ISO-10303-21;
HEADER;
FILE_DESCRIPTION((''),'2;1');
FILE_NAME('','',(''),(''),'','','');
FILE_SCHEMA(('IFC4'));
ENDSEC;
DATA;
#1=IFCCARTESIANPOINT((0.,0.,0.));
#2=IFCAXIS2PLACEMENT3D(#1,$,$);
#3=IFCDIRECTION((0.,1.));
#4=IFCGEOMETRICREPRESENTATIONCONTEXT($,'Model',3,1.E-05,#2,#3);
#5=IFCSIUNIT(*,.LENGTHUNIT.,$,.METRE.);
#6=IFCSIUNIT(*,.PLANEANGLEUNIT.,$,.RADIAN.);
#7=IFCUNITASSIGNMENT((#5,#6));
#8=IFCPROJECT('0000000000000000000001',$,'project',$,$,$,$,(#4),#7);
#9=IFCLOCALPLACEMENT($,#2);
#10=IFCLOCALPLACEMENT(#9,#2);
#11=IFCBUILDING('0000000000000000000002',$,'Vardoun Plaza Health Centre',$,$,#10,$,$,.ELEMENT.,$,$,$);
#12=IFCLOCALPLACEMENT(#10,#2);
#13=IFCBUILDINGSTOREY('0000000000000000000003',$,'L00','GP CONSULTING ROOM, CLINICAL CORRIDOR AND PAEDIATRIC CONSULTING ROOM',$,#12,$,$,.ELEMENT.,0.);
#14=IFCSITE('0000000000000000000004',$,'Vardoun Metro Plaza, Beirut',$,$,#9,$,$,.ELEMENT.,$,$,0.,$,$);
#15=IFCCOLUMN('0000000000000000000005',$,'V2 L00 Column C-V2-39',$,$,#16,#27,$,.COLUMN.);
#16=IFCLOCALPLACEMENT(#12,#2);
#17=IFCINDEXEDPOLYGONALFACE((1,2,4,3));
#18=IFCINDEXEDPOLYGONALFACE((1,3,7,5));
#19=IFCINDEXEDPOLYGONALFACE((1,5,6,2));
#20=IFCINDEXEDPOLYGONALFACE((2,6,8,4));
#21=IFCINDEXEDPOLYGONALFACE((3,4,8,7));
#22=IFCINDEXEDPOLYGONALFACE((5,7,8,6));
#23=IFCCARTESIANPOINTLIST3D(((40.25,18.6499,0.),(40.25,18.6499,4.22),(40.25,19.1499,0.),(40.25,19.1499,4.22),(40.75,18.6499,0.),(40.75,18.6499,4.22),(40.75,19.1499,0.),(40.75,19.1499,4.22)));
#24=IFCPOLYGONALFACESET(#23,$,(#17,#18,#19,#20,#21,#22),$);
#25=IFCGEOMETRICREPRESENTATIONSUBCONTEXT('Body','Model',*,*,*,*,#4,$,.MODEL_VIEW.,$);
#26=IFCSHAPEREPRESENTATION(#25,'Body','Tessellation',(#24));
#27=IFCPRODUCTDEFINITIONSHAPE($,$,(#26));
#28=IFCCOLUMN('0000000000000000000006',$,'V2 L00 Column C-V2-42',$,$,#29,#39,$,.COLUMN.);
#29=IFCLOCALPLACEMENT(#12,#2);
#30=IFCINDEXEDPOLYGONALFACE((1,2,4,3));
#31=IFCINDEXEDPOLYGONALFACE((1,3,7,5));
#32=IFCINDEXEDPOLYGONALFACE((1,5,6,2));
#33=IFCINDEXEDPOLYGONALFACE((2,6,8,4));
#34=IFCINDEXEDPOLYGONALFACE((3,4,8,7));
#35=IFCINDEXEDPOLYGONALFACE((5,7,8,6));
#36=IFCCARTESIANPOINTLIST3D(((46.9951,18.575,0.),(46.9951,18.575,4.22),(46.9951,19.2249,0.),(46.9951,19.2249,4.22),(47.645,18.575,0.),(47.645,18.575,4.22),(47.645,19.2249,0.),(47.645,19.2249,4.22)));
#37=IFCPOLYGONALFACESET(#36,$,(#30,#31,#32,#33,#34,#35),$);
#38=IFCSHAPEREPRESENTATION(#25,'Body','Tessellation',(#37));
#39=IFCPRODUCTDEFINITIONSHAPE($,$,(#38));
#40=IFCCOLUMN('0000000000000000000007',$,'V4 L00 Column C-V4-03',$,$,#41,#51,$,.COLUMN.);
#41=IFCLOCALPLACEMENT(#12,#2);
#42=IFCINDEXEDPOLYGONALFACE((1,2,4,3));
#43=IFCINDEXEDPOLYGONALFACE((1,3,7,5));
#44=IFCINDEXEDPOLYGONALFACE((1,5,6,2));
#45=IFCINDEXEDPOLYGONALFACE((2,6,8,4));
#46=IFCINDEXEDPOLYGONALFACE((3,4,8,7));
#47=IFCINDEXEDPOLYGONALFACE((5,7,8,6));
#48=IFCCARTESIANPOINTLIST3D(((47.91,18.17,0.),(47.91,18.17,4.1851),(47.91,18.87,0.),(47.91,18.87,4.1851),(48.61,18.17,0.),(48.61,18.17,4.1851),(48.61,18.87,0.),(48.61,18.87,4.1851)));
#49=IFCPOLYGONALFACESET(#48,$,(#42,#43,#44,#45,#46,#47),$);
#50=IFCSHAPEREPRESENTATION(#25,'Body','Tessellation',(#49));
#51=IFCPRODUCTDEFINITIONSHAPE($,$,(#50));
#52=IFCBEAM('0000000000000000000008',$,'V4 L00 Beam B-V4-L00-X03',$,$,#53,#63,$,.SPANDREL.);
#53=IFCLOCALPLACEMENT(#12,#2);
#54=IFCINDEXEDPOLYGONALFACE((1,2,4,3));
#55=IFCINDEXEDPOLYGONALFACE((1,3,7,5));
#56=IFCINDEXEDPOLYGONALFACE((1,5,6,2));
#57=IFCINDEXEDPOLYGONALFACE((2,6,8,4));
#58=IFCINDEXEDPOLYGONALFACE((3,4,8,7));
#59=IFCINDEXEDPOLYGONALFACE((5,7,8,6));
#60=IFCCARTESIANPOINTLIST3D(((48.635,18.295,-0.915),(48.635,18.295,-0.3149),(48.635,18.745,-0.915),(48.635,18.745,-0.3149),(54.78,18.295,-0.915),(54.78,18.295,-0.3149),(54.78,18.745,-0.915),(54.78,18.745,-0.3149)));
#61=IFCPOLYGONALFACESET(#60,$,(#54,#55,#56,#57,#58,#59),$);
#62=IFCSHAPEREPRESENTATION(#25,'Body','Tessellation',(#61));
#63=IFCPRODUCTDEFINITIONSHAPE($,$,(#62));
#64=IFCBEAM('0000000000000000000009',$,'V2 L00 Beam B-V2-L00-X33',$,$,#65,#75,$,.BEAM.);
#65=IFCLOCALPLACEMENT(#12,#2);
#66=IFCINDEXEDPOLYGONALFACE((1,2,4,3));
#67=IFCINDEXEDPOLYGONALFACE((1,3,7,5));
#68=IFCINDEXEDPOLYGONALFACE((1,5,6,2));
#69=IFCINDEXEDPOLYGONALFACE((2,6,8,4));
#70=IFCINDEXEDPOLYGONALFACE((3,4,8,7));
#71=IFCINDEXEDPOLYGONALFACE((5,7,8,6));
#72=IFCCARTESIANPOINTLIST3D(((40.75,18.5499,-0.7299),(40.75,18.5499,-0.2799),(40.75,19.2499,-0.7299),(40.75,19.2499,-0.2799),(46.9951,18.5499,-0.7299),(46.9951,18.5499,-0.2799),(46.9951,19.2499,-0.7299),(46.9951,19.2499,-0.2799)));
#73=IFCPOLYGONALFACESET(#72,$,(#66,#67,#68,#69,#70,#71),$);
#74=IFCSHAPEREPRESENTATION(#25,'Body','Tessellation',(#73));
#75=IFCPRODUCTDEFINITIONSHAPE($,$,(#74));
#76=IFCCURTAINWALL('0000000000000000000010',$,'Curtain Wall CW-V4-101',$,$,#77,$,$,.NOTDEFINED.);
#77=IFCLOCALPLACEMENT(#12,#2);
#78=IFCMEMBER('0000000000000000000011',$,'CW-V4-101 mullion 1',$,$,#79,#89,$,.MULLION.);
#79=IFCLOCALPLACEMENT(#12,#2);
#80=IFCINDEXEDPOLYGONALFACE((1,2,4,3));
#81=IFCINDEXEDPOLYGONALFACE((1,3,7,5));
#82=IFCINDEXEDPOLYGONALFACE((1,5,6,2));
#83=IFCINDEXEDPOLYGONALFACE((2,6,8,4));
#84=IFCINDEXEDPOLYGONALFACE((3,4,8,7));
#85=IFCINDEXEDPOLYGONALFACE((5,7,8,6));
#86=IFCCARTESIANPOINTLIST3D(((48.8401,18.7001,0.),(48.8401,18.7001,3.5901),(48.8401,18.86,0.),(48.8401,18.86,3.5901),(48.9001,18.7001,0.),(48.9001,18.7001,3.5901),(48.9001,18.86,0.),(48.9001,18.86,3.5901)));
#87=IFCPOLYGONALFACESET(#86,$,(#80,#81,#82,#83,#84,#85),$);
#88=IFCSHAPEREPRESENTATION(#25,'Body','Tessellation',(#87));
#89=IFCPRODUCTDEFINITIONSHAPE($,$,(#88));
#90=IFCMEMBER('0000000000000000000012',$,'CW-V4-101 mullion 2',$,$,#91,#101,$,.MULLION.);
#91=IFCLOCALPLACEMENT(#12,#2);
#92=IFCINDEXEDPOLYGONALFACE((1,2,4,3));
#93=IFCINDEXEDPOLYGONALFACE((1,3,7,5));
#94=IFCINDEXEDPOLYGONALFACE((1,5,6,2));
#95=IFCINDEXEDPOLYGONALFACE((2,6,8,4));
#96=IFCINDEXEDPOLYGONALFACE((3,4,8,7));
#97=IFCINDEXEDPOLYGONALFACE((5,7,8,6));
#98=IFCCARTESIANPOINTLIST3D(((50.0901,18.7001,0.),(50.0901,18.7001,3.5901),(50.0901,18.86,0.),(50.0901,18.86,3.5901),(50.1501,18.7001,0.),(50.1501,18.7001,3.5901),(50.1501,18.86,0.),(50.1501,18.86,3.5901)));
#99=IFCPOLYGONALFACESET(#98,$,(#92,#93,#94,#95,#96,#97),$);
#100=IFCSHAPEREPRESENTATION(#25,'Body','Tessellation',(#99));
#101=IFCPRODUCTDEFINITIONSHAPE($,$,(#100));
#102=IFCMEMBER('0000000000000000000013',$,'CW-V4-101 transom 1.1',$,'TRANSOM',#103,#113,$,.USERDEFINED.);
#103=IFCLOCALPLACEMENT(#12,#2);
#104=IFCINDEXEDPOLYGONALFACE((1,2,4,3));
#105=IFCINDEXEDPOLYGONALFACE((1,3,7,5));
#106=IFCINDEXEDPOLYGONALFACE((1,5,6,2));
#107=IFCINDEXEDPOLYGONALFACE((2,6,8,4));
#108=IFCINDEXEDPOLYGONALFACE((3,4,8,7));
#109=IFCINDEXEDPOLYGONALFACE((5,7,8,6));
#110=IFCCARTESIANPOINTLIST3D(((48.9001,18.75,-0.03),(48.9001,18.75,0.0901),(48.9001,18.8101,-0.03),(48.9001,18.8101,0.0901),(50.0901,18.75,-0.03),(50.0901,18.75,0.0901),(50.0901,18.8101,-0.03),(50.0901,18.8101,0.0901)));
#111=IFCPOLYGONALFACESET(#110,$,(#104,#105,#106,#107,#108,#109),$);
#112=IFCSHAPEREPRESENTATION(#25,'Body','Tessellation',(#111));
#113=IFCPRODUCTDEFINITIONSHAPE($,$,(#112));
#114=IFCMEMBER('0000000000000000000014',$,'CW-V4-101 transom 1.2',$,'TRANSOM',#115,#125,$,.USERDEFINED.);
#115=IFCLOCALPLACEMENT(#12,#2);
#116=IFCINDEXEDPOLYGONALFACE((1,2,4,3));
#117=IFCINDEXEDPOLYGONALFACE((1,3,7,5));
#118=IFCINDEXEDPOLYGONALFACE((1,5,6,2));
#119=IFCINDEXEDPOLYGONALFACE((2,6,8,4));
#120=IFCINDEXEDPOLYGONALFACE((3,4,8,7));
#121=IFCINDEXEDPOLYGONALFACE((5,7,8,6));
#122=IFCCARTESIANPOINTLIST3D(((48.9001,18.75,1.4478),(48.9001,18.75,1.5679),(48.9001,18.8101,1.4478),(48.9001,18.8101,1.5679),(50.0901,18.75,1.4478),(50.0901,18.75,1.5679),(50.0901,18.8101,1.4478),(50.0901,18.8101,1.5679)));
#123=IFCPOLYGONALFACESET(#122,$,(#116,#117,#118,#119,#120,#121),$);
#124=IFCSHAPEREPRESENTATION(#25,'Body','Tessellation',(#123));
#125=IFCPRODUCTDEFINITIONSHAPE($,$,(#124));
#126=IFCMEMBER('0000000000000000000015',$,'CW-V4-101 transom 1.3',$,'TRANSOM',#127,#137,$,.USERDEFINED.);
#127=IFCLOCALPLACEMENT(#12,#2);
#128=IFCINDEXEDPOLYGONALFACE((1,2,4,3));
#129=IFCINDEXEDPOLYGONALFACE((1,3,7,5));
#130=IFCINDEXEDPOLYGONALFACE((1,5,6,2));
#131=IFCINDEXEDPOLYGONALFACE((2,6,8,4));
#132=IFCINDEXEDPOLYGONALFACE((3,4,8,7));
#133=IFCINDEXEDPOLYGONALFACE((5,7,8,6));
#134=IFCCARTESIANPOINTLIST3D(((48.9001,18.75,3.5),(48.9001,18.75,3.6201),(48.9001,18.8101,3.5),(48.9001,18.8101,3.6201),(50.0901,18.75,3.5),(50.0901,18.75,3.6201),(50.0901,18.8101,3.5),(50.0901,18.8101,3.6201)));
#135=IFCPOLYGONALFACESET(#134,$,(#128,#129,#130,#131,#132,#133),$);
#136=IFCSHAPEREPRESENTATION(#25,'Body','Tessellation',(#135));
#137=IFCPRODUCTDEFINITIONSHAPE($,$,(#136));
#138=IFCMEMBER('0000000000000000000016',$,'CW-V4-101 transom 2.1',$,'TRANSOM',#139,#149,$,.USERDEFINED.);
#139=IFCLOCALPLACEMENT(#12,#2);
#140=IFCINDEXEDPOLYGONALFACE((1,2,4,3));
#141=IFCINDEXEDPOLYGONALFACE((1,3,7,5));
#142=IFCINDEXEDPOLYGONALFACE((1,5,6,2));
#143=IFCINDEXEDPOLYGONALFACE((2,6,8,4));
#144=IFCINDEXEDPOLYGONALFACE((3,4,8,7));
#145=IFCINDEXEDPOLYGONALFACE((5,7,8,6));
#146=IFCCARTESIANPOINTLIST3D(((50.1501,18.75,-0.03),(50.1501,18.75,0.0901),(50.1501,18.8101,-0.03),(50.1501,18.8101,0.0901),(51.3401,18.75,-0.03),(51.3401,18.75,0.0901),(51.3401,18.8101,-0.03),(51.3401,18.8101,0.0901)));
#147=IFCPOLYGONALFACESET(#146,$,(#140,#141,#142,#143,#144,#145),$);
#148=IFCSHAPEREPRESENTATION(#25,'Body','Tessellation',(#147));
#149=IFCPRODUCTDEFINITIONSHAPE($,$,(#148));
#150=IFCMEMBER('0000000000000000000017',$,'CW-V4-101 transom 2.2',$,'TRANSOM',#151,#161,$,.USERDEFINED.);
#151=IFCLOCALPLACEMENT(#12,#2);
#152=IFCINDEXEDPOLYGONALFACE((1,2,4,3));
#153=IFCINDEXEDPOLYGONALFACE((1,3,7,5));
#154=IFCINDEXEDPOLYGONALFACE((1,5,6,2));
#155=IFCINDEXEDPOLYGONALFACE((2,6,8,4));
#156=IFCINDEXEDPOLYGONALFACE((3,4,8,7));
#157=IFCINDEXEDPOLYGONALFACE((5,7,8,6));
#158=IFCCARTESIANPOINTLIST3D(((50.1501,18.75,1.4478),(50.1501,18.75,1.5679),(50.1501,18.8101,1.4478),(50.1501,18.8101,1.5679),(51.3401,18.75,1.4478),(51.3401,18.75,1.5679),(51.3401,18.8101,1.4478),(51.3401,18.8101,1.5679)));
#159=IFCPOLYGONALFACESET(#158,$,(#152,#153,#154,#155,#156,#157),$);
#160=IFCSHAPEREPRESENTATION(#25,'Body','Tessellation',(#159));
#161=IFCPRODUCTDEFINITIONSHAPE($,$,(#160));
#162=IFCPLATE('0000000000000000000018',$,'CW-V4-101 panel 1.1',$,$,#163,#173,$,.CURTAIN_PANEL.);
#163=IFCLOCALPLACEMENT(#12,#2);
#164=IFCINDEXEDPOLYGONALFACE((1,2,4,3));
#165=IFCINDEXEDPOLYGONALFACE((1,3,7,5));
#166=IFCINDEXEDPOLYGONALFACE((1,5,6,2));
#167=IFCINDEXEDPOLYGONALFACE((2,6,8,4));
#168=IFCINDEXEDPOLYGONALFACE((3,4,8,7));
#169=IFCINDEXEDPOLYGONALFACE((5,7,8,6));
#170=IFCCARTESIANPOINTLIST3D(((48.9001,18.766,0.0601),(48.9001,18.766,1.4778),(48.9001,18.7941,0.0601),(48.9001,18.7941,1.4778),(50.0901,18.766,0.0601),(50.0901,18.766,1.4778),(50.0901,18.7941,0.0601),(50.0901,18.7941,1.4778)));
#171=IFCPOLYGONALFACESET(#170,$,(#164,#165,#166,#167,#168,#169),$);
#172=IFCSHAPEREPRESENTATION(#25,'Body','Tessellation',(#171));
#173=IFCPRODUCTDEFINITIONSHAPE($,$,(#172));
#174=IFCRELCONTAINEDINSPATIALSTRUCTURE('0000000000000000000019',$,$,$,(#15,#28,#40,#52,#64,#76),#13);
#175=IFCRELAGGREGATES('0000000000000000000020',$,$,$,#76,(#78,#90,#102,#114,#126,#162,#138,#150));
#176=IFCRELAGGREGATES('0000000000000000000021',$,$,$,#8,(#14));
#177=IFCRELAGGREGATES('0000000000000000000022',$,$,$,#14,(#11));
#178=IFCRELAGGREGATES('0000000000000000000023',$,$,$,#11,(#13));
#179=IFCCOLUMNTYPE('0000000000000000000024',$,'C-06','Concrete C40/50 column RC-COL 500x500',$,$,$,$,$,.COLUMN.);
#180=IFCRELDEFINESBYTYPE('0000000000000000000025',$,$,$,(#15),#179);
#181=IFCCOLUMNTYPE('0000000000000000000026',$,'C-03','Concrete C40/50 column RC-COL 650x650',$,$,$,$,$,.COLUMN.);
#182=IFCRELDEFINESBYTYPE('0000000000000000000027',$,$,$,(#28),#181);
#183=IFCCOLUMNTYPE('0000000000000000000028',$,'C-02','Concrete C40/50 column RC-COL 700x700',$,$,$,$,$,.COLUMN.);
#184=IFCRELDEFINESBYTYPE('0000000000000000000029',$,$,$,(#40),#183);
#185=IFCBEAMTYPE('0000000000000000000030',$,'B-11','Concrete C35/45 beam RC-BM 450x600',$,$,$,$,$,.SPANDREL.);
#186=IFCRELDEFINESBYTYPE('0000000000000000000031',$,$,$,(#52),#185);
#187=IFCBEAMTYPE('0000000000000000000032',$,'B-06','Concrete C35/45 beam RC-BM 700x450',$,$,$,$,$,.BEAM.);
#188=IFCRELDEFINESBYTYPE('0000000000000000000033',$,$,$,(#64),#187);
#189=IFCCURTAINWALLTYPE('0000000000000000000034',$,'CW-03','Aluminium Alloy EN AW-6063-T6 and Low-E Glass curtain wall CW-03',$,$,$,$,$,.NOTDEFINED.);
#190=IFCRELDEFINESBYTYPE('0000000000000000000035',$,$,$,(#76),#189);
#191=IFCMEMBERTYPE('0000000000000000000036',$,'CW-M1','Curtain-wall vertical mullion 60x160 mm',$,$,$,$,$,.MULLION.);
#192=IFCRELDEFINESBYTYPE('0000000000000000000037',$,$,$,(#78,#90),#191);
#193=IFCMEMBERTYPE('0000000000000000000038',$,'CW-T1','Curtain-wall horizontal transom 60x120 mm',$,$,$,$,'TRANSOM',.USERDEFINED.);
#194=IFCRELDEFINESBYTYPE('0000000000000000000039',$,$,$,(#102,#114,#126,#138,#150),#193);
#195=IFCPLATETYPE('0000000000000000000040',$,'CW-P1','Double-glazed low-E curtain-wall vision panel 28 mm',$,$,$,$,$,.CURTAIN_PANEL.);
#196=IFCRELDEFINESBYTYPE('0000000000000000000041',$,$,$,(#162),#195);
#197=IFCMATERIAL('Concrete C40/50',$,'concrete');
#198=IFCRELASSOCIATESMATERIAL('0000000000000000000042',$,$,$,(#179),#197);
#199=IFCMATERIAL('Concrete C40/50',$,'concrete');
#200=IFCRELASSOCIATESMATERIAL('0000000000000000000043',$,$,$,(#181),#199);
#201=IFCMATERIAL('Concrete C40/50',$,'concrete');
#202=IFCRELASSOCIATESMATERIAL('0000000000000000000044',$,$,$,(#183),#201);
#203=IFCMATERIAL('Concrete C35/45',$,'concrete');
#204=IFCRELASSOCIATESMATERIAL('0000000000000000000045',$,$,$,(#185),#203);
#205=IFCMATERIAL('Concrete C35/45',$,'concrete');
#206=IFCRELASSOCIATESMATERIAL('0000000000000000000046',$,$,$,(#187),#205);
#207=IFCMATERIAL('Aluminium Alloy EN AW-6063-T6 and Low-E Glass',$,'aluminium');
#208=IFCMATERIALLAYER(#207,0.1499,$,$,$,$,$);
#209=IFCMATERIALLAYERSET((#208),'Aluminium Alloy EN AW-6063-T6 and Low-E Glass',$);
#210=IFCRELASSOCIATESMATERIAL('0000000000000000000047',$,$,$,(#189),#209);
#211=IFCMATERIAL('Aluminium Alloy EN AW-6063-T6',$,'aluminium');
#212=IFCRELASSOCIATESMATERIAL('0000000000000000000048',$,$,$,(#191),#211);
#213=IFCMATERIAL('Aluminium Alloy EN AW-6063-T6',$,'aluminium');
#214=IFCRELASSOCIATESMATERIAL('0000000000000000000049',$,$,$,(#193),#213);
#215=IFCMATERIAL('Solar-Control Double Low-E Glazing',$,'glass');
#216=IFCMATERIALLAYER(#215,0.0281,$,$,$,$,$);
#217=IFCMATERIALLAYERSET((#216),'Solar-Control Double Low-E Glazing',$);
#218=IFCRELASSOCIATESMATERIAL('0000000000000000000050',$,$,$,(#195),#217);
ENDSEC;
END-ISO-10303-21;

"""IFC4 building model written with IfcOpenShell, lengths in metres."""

from ifc_helpers import new_model, si_unit, direction, frame, origin, origin_2d, place, context, subcontext, project, spatial, rectangle, extrude, material, layer, layer_set, material_profile, profile_set, type_object, element, aggregate, save


model = new_model("IFC4")

# Units and contexts
model_context = context("Model", 3, precision=1e-05, world=origin(), true_north=direction((0.0, 1.0)))
body_context = subcontext(model_context, "Body", "Model", "MODEL_VIEW")
ifc_project = project(units=[si_unit("LENGTHUNIT", "METRE"), si_unit("PLANEANGLEUNIT", "RADIAN")], contexts=[model_context])

# Site, building, storey
site_placement = place(None, origin())
site = spatial("IfcSite", under=ifc_project, at=site_placement, Name="Vardoun Metro Plaza, Beirut", CompositionType="ELEMENT", RefElevation=0.0)
building_placement = place(site_placement, origin())
building = spatial("IfcBuilding", under=site, at=building_placement, Name="Vardoun Plaza Health Centre", CompositionType="ELEMENT")
storey_placement = place(building_placement, origin())
storey = spatial("IfcBuildingStorey", under=building, at=storey_placement, Name="L00", Description="GP CONSULTING ROOM, CLINICAL CORRIDOR AND PAEDIATRIC CONSULTING ROOM", CompositionType="ELEMENT", Elevation=0.0)

# Columns
ifc_material_1 = material(Name="Concrete C40/50", Category="concrete")
ifc_material_profile_1 = material_profile(ifc_material_1, rectangle(XDim=0.5, YDim=0.5, at=origin_2d()), Name="RC-COL 500x500")
ifc_profile_set_1 = profile_set([ifc_material_profile_1], Name="Concrete C40/50")
column_type_1 = type_object("IfcColumnType", Name="C-06", Description="Concrete C40/50 column RC-COL 500x500", PredefinedType="COLUMN", material=ifc_profile_set_1)
column_1_placement = place(storey_placement, frame((40.5, 18.8999, 0.0), z_axis=(0.0, 0.0, 1.0), x_axis=(1.0, 0.0, 0.0)))
element("IfcColumn", 1, at=column_1_placement, inside=storey, type_object=column_type_1, Name="V2 L00 Column C-V2-39", PredefinedType="COLUMN", context=body_context, shape_type="SweptSolid", body=[
    extrude(rectangle(XDim=0.5, YDim=0.5, at=origin_2d()), origin(), (0.0, 0.0, 1.0), 4.22),
])
ifc_material_2 = material(Name="Concrete C40/50", Category="concrete")
ifc_material_profile_2 = material_profile(ifc_material_2, rectangle(XDim=0.6499, YDim=0.6499, at=origin_2d()), Name="RC-COL 650x650")
ifc_profile_set_2 = profile_set([ifc_material_profile_2], Name="Concrete C40/50")
column_type_2 = type_object("IfcColumnType", Name="C-03", Description="Concrete C40/50 column RC-COL 650x650", PredefinedType="COLUMN", material=ifc_profile_set_2)
column_2_placement = place(storey_placement, frame((47.3201, 18.8999, 0.0), z_axis=(0.0, 0.0, 1.0), x_axis=(1.0, 0.0, 0.0)))
element("IfcColumn", 2, at=column_2_placement, inside=storey, type_object=column_type_2, Name="V2 L00 Column C-V2-42", PredefinedType="COLUMN", context=body_context, shape_type="SweptSolid", body=[
    extrude(rectangle(XDim=0.6499, YDim=0.6499, at=origin_2d()), origin(), (0.0, 0.0, 1.0), 4.22),
])
ifc_material_3 = material(Name="Concrete C40/50", Category="concrete")
ifc_material_profile_3 = material_profile(ifc_material_3, rectangle(XDim=0.7, YDim=0.7, at=origin_2d()), Name="RC-COL 700x700")
ifc_profile_set_3 = profile_set([ifc_material_profile_3], Name="Concrete C40/50")
column_type_3 = type_object("IfcColumnType", Name="C-02", Description="Concrete C40/50 column RC-COL 700x700", PredefinedType="COLUMN", material=ifc_profile_set_3)
column_3_placement = place(storey_placement, frame((48.26, 18.52, 0.0), z_axis=(0.0, 0.0, 1.0), x_axis=(1.0, 0.0, 0.0)))
element("IfcColumn", 3, at=column_3_placement, inside=storey, type_object=column_type_3, Name="V4 L00 Column C-V4-03", PredefinedType="COLUMN", context=body_context, shape_type="SweptSolid", body=[
    extrude(rectangle(XDim=0.7, YDim=0.7, at=origin_2d()), origin(), (0.0, 0.0, 1.0), 4.1851),
])

# Beams
ifc_material_4 = material(Name="Concrete C35/45", Category="concrete")
ifc_material_profile_4 = material_profile(ifc_material_4, rectangle(XDim=0.45, YDim=0.6001, at=origin_2d()), Name="RC-BM 450x600")
ifc_profile_set_4 = profile_set([ifc_material_profile_4], Name="Concrete C35/45")
beam_type_1 = type_object("IfcBeamType", Name="B-11", Description="Concrete C35/45 beam RC-BM 450x600", PredefinedType="SPANDREL", material=ifc_profile_set_4)
beam_1_placement = place(storey_placement, frame((48.635, 18.52, -0.615), z_axis=(1.0, 0.0, 0.0), x_axis=(0.0, 1.0, 0.0)))
element("IfcBeam", 4, at=beam_1_placement, inside=storey, type_object=beam_type_1, Name="V4 L00 Beam B-V4-L00-X03", PredefinedType="SPANDREL", context=body_context, shape_type="SweptSolid", body=[
    extrude(rectangle(XDim=0.45, YDim=0.6001, at=origin_2d()), origin(), (0.0, 0.0, 1.0), 6.145),
])
ifc_material_5 = material(Name="Concrete C35/45", Category="concrete")
ifc_material_profile_5 = material_profile(ifc_material_5, rectangle(XDim=0.7, YDim=0.45, at=origin_2d()), Name="RC-BM 700x450")
ifc_profile_set_5 = profile_set([ifc_material_profile_5], Name="Concrete C35/45")
beam_type_2 = type_object("IfcBeamType", Name="B-06", Description="Concrete C35/45 beam RC-BM 700x450", PredefinedType="BEAM", material=ifc_profile_set_5)
beam_2_placement = place(storey_placement, frame((40.75, 18.8999, -0.5049), z_axis=(1.0, 0.0, 0.0), x_axis=(0.0, 1.0, 0.0)))
element("IfcBeam", 5, at=beam_2_placement, inside=storey, type_object=beam_type_2, Name="V2 L00 Beam B-V2-L00-X33", PredefinedType="BEAM", context=body_context, shape_type="SweptSolid", body=[
    extrude(rectangle(XDim=0.7, YDim=0.45, at=origin_2d()), origin(), (0.0, 0.0, 1.0), 6.2451),
])

# Curtain wall, members, plate
ifc_material_6 = material(Name="Aluminium Alloy EN AW-6063-T6 and Low-E Glass", Category="aluminium")
ifc_layer_1 = layer(ifc_material_6, 0.1499)
ifc_layer_set_1 = layer_set([ifc_layer_1], Name="Aluminium Alloy EN AW-6063-T6 and Low-E Glass")
curtain_wall_type = type_object("IfcCurtainWallType", Name="CW-03", Description="Aluminium Alloy EN AW-6063-T6 and Low-E Glass curtain wall CW-03", PredefinedType="NOTDEFINED", material=ifc_layer_set_1)
curtain_wall_placement = place(storey_placement, origin())
curtain_wall = element("IfcCurtainWall", 6, at=curtain_wall_placement, inside=storey, type_object=curtain_wall_type, Name="Curtain Wall CW-V4-101", PredefinedType="NOTDEFINED")
ifc_material_7 = material(Name="Aluminium Alloy EN AW-6063-T6", Category="aluminium")
ifc_material_profile_6 = material_profile(ifc_material_7, rectangle(XDim=0.1599, YDim=0.0601, at=origin_2d()), Name="CWM 60x160")
ifc_profile_set_6 = profile_set([ifc_material_profile_6], Name="Aluminium Alloy EN AW-6063-T6")
member_type_1 = type_object("IfcMemberType", Name="CW-M1", Description="Curtain-wall vertical mullion 60x160 mm", PredefinedType="MULLION", material=ifc_profile_set_6)
member_1_placement = place(storey_placement, frame((48.8701, 18.78, 0.0), z_axis=(0.0, 0.0, 1.0), x_axis=(0.0, 1.0, 0.0)))
member_1 = element("IfcMember", 7, at=member_1_placement, type_object=member_type_1, Name="CW-V4-101 mullion 1", PredefinedType="MULLION", context=body_context, shape_type="SweptSolid", body=[
    extrude(rectangle(XDim=0.1599, YDim=0.0601, at=origin_2d()), origin(), (0.0, 0.0, 1.0), 3.5901),
])
member_2_placement = place(storey_placement, frame((50.1201, 18.78, 0.0), z_axis=(0.0, 0.0, 1.0), x_axis=(0.0, 1.0, 0.0)))
member_2 = element("IfcMember", 8, at=member_2_placement, type_object=member_type_1, Name="CW-V4-101 mullion 2", PredefinedType="MULLION", context=body_context, shape_type="SweptSolid", body=[
    extrude(rectangle(XDim=0.1599, YDim=0.0601, at=origin_2d()), origin(), (0.0, 0.0, 1.0), 3.5901),
])
ifc_material_8 = material(Name="Aluminium Alloy EN AW-6063-T6", Category="aluminium")
ifc_material_profile_7 = material_profile(ifc_material_8, rectangle(XDim=0.0601, YDim=0.1201, at=origin_2d()), Name="CWT 60x120")
ifc_profile_set_7 = profile_set([ifc_material_profile_7], Name="Aluminium Alloy EN AW-6063-T6")
member_type_2 = type_object("IfcMemberType", Name="CW-T1", Description="Curtain-wall horizontal transom 60x120 mm", ElementType="TRANSOM", PredefinedType="USERDEFINED", material=ifc_profile_set_7)
member_3_placement = place(storey_placement, frame((48.9001, 18.78, 0.03), z_axis=(1.0, 0.0, 0.0), x_axis=(0.0, 1.0, 0.0)))
member_3 = element("IfcMember", 9, at=member_3_placement, type_object=member_type_2, Name="CW-V4-101 transom 1.1", ObjectType="TRANSOM", PredefinedType="USERDEFINED", context=body_context, shape_type="SweptSolid", body=[
    extrude(rectangle(XDim=0.0601, YDim=0.1201, at=origin_2d()), origin(), (0.0, 0.0, 1.0), 1.1899),
])
member_4_placement = place(storey_placement, frame((48.9001, 18.78, 1.5078), z_axis=(1.0, 0.0, 0.0), x_axis=(0.0, 1.0, 0.0)))
member_4 = element("IfcMember", 10, at=member_4_placement, type_object=member_type_2, Name="CW-V4-101 transom 1.2", ObjectType="TRANSOM", PredefinedType="USERDEFINED", context=body_context, shape_type="SweptSolid", body=[
    extrude(rectangle(XDim=0.0601, YDim=0.1201, at=origin_2d()), origin(), (0.0, 0.0, 1.0), 1.1899),
])
member_5_placement = place(storey_placement, frame((48.9001, 18.78, 3.5601), z_axis=(1.0, 0.0, 0.0), x_axis=(0.0, 1.0, 0.0)))
member_5 = element("IfcMember", 11, at=member_5_placement, type_object=member_type_2, Name="CW-V4-101 transom 1.3", ObjectType="TRANSOM", PredefinedType="USERDEFINED", context=body_context, shape_type="SweptSolid", body=[
    extrude(rectangle(XDim=0.0601, YDim=0.1201, at=origin_2d()), origin(), (0.0, 0.0, 1.0), 1.1899),
])
member_6_placement = place(storey_placement, frame((50.1501, 18.78, 0.03), z_axis=(1.0, 0.0, 0.0), x_axis=(0.0, 1.0, 0.0)))
member_6 = element("IfcMember", 12, at=member_6_placement, type_object=member_type_2, Name="CW-V4-101 transom 2.1", ObjectType="TRANSOM", PredefinedType="USERDEFINED", context=body_context, shape_type="SweptSolid", body=[
    extrude(rectangle(XDim=0.0601, YDim=0.1201, at=origin_2d()), origin(), (0.0, 0.0, 1.0), 1.1899),
])
member_7_placement = place(storey_placement, frame((50.1501, 18.78, 1.5078), z_axis=(1.0, 0.0, 0.0), x_axis=(0.0, 1.0, 0.0)))
member_7 = element("IfcMember", 13, at=member_7_placement, type_object=member_type_2, Name="CW-V4-101 transom 2.2", ObjectType="TRANSOM", PredefinedType="USERDEFINED", context=body_context, shape_type="SweptSolid", body=[
    extrude(rectangle(XDim=0.0601, YDim=0.1201, at=origin_2d()), origin(), (0.0, 0.0, 1.0), 1.1899),
])
ifc_material_9 = material(Name="Solar-Control Double Low-E Glazing", Category="glass")
ifc_layer_2 = layer(ifc_material_9, 0.0281)
ifc_layer_set_2 = layer_set([ifc_layer_2], Name="Solar-Control Double Low-E Glazing")
plate_type_1 = type_object("IfcPlateType", Name="CW-P1", Description="Double-glazed low-E curtain-wall vision panel 28 mm", PredefinedType="CURTAIN_PANEL", material=ifc_layer_set_2)
plate_1_placement = place(storey_placement, frame((49.4951, 18.78, 0.0601), z_axis=(0.0, 0.0, 1.0), x_axis=(1.0, 0.0, 0.0)))
plate_1 = element("IfcPlate", 14, at=plate_1_placement, type_object=plate_type_1, Name="CW-V4-101 panel 1.1", PredefinedType="CURTAIN_PANEL", context=body_context, shape_type="SweptSolid", body=[
    extrude(rectangle(XDim=1.1899, YDim=0.0281, at=origin_2d()), origin(), (0.0, 0.0, 1.0), 1.4177),
])
aggregate(curtain_wall, [member_1, member_2, member_3, member_4, member_5, plate_1, member_6, member_7])

save(model, "model.ifc")
